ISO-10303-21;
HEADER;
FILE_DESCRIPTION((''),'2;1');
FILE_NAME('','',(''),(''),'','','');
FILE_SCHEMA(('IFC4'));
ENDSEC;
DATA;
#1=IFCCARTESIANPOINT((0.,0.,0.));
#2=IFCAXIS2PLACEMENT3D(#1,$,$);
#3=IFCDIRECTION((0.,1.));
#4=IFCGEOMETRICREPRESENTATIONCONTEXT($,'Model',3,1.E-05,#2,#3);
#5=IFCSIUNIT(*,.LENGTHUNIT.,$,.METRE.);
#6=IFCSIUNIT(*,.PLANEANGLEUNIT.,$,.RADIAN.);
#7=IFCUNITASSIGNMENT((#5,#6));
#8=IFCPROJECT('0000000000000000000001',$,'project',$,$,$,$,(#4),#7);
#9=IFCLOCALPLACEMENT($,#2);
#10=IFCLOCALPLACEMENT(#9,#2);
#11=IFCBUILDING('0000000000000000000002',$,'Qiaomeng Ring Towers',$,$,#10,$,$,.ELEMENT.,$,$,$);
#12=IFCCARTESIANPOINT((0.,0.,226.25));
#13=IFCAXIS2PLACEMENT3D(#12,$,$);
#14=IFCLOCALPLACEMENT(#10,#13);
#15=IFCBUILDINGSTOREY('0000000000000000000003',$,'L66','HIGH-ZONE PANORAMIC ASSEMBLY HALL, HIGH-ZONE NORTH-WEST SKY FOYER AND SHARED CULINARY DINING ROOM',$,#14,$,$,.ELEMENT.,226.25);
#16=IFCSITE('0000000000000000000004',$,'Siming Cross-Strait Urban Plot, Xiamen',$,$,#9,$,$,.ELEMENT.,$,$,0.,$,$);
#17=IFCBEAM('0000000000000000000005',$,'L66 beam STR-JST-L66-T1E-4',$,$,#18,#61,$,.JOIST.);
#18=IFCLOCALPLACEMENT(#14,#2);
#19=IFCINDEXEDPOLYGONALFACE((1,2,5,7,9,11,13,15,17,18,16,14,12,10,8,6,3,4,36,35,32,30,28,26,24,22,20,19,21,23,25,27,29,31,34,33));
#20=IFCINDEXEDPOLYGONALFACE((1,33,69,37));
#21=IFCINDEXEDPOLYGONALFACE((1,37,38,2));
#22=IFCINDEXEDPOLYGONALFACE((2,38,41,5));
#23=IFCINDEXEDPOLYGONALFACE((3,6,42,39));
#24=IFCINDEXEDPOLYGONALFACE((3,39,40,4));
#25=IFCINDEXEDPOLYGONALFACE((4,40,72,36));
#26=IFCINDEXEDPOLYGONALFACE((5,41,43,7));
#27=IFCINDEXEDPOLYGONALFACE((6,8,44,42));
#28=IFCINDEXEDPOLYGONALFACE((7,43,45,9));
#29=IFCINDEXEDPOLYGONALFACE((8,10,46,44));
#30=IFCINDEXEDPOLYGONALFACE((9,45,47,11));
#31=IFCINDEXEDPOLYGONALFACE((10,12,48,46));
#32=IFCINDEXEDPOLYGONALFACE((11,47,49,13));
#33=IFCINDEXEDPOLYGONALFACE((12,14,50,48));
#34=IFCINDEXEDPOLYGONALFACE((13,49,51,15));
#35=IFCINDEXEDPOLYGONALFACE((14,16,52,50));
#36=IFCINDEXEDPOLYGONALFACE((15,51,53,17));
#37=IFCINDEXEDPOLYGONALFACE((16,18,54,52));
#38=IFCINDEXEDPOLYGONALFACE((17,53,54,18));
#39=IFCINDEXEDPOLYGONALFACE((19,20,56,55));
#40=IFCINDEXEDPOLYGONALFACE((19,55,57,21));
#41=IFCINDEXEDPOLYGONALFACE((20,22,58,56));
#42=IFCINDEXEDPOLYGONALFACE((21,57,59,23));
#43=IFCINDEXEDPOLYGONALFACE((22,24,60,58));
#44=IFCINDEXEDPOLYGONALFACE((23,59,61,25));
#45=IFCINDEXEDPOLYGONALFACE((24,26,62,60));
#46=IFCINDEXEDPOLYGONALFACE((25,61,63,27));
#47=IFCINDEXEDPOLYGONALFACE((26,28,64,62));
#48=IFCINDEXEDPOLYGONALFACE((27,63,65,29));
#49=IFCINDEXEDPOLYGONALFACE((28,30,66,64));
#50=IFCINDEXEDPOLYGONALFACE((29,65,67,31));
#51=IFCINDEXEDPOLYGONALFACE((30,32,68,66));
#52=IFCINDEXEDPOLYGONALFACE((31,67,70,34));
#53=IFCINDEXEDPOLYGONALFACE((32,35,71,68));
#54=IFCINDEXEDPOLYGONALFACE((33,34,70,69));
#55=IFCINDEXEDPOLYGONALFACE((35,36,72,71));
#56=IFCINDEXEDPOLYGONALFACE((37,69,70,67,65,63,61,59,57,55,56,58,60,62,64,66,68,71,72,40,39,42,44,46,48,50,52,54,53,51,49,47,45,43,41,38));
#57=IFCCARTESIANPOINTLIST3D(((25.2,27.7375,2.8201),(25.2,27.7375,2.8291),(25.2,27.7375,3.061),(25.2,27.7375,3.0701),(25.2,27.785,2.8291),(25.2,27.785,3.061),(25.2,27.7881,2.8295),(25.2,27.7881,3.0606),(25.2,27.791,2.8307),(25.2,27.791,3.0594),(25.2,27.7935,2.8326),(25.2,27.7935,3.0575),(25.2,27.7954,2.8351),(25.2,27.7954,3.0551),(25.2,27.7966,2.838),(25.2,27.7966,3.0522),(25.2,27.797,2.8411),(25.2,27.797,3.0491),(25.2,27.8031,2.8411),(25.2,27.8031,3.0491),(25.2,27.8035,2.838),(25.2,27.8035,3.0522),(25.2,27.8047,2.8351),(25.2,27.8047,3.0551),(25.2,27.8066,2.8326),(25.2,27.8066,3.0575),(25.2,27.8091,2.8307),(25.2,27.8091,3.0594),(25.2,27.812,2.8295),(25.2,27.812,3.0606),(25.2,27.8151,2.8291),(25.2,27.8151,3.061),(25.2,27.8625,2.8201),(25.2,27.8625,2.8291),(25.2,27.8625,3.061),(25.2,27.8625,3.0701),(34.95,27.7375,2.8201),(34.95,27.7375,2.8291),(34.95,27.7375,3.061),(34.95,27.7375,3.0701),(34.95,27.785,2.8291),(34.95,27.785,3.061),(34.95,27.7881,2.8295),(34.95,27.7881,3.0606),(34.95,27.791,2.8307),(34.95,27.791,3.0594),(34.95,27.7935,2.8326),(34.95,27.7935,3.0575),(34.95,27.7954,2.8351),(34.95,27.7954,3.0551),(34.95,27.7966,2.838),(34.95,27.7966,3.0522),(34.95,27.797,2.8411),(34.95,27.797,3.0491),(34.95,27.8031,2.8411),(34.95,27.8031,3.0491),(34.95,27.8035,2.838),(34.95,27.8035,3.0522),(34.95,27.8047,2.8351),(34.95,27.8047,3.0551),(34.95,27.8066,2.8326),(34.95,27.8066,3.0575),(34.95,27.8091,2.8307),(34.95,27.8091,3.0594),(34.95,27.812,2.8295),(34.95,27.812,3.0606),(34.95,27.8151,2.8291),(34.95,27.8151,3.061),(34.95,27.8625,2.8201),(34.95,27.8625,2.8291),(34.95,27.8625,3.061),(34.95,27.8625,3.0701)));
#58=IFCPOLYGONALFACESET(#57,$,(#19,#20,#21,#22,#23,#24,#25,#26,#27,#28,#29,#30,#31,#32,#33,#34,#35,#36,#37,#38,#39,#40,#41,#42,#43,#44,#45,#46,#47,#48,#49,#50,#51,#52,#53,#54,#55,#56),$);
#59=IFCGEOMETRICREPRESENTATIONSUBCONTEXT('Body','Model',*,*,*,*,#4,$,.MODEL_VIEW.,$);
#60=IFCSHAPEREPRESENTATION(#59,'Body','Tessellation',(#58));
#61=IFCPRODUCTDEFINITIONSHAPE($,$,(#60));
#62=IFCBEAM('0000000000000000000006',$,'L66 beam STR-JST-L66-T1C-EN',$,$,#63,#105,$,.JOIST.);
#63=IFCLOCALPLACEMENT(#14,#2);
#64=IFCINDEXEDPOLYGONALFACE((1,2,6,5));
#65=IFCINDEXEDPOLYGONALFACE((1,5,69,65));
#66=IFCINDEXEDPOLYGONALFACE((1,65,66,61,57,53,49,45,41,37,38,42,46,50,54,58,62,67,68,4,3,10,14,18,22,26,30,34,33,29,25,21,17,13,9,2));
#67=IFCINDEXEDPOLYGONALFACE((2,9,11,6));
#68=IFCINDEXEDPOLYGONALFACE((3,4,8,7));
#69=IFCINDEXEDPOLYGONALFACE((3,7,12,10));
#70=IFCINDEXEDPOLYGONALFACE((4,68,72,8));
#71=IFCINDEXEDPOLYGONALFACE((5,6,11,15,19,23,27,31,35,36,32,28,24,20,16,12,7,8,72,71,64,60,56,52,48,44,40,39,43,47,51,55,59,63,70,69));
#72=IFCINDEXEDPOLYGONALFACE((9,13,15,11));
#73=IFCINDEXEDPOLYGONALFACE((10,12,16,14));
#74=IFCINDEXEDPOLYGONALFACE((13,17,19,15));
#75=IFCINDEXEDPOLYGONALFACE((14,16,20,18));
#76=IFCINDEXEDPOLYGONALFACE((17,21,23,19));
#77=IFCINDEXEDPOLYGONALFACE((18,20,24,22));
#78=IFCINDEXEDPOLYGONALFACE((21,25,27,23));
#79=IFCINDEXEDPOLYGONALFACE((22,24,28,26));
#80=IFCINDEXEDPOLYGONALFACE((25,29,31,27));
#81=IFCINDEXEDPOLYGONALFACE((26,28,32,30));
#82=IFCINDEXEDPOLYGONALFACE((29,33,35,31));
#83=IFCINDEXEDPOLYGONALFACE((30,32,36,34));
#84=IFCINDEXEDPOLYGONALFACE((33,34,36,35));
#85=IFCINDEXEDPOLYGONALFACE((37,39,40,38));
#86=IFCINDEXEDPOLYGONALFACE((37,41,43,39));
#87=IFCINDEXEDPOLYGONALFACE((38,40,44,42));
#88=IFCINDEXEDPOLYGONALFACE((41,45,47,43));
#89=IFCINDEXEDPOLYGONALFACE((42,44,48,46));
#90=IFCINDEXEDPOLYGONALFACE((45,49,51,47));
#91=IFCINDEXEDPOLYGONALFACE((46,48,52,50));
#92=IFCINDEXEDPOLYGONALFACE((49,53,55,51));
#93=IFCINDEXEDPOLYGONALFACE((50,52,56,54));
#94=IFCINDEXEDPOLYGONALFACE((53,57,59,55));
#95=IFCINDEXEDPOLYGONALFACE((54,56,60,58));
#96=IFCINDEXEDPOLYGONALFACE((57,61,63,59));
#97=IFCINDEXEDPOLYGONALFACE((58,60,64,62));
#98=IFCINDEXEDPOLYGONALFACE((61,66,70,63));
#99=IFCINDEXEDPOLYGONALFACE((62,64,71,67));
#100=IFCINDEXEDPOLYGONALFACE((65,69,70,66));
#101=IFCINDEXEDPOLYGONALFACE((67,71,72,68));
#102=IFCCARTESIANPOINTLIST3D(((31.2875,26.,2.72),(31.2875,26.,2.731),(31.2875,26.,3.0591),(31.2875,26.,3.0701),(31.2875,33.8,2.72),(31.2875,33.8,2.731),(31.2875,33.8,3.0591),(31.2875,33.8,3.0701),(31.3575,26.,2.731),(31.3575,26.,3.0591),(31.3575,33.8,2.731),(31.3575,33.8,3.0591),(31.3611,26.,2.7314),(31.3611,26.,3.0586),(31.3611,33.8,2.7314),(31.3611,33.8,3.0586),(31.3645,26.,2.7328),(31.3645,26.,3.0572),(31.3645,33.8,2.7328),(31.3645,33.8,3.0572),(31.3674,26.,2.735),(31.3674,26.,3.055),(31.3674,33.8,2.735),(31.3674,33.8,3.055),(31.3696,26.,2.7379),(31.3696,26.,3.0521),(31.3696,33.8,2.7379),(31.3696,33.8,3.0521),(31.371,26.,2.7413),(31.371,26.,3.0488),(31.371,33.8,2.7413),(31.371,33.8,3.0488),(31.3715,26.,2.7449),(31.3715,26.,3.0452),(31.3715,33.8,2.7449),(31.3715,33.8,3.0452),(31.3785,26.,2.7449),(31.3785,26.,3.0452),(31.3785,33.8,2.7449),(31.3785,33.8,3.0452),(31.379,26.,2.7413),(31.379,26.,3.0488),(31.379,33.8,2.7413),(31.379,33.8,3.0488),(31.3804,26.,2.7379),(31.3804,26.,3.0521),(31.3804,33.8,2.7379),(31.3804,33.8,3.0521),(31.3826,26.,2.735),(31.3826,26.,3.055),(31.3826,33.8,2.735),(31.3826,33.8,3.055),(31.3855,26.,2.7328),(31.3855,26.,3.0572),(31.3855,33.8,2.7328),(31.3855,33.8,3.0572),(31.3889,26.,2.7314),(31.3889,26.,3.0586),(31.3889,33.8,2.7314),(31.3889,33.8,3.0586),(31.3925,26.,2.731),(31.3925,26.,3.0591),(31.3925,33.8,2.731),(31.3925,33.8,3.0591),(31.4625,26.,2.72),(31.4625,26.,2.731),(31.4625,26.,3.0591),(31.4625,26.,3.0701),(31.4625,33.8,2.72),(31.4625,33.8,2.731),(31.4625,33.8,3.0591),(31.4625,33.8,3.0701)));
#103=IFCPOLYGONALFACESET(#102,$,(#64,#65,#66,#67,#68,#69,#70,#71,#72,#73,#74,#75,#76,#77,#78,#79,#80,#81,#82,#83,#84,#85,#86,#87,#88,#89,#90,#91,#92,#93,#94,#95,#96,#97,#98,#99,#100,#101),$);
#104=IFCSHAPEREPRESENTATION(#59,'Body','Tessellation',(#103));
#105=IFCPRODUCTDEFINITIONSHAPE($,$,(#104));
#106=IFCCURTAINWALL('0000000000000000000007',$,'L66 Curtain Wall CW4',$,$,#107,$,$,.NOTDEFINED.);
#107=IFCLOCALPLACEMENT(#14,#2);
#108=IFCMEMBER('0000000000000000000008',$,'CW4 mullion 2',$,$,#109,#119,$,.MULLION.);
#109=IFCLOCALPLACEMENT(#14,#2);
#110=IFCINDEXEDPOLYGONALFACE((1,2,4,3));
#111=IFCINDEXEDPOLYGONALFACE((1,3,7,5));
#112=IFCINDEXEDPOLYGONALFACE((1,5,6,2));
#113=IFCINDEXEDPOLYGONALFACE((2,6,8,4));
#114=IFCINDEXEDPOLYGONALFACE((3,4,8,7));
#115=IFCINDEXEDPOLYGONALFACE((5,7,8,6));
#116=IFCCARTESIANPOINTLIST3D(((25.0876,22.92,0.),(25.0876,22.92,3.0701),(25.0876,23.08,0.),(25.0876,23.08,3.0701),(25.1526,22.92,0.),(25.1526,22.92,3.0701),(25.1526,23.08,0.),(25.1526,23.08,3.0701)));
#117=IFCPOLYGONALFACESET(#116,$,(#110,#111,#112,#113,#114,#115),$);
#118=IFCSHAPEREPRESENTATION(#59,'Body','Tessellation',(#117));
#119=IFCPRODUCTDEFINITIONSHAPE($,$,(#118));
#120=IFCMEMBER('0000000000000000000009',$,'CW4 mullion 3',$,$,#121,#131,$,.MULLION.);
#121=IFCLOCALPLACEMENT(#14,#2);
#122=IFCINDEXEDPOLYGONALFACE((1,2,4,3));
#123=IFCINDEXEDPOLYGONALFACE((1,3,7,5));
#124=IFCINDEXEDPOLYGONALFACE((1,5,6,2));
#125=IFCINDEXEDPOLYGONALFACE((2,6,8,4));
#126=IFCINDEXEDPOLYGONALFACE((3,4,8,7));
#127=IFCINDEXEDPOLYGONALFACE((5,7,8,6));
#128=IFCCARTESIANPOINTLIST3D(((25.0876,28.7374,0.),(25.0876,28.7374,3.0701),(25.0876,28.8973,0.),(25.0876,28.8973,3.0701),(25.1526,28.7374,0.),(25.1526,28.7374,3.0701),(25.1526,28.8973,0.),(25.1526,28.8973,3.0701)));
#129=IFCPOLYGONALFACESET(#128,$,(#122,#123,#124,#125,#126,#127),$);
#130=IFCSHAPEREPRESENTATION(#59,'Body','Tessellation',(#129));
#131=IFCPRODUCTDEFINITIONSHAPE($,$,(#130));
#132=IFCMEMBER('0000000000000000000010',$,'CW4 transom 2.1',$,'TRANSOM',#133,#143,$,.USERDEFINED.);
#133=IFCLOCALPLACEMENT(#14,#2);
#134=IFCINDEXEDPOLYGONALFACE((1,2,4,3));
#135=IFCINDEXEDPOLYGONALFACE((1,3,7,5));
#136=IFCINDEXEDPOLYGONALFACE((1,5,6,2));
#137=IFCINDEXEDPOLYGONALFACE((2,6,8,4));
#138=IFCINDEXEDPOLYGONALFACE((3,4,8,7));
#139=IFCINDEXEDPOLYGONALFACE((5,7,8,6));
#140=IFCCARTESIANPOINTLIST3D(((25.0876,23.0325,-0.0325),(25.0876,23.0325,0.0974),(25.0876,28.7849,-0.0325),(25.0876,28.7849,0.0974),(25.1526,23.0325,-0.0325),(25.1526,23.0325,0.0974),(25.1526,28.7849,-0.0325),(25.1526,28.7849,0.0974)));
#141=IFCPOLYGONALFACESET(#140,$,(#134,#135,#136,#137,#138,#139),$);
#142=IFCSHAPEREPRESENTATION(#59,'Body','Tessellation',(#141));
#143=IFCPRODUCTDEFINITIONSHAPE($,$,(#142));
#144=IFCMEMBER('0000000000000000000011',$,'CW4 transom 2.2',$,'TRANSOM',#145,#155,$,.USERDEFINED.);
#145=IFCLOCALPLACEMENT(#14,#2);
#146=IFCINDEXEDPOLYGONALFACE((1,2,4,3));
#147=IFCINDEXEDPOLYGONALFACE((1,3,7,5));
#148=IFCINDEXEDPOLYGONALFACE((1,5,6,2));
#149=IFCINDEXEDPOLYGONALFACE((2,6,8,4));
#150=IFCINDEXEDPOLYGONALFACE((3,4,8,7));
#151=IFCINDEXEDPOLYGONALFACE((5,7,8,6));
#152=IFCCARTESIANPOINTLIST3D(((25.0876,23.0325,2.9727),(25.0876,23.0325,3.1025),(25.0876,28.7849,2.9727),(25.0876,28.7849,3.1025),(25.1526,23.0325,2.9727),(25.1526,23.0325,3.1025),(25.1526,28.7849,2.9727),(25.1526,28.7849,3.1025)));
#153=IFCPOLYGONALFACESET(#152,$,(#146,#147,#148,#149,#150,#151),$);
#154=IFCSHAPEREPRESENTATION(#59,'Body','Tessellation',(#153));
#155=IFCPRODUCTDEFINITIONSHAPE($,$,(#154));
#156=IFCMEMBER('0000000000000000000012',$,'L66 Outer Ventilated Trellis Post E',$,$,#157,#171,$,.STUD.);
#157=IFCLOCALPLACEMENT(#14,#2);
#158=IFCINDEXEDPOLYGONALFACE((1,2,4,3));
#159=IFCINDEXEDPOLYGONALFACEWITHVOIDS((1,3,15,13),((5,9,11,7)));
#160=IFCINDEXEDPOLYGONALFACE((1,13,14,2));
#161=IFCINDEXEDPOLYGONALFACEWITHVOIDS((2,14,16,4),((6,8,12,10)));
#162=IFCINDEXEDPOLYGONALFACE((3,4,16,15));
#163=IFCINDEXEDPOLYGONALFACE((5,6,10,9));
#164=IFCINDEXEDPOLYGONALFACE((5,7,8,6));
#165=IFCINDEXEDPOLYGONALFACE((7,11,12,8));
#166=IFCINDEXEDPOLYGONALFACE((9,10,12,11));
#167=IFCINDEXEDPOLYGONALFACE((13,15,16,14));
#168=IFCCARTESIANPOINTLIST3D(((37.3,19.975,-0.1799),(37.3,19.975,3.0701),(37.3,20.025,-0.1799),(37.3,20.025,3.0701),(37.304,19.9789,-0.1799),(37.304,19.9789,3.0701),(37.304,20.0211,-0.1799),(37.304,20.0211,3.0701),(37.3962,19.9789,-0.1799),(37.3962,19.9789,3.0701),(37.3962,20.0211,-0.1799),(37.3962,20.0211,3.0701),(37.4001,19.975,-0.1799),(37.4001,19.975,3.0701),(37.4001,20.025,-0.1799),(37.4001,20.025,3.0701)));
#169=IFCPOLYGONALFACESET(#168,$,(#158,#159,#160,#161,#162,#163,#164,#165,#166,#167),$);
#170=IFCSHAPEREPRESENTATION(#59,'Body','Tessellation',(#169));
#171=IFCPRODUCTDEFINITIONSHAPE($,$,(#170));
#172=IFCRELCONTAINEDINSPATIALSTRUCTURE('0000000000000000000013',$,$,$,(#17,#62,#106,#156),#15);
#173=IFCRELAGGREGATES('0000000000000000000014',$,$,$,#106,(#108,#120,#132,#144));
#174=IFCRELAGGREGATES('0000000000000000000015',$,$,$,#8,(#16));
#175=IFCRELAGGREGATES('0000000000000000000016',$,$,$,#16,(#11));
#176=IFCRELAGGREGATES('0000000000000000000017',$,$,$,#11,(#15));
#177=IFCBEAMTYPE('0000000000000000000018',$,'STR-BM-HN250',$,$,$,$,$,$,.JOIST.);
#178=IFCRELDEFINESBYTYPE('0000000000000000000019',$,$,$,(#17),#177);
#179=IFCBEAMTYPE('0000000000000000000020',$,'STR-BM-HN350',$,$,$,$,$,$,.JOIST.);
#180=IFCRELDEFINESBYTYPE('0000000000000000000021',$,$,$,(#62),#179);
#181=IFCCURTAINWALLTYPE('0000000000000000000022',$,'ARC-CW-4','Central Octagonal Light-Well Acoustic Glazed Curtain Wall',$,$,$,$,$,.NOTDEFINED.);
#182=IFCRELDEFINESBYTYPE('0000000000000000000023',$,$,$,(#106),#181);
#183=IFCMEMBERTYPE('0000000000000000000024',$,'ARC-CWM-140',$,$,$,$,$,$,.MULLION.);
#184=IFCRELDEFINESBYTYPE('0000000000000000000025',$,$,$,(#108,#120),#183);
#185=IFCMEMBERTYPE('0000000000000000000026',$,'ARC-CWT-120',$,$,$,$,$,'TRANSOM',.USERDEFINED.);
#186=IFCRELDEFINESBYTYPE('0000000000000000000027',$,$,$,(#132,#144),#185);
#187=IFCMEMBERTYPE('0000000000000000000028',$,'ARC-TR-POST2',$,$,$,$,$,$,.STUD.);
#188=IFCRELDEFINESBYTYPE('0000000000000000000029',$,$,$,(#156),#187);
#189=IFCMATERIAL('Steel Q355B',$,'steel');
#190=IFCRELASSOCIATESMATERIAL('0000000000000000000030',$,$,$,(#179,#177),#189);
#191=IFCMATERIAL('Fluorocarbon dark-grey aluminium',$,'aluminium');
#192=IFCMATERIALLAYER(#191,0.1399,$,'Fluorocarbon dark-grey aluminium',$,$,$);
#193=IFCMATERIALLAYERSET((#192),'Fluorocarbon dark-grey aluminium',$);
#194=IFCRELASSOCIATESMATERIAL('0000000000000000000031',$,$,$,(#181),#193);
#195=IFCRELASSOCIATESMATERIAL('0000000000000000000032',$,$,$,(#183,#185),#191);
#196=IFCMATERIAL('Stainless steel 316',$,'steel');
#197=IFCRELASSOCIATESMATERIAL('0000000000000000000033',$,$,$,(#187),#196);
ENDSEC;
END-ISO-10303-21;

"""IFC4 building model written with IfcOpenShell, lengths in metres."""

from ifc_helpers import new_model, si_unit, direction, frame, origin, origin_2d, place, context, subcontext, project, spatial, rectangle, hollow_rectangle, i_section, extrude, source, transform, mapped, material, layer, layer_set, material_profile, profile_set, type_object, element, aggregate, save


model = new_model("IFC4")

# Units and contexts
model_context = context("Model", 3, precision=1e-05, world=origin(), true_north=direction((0.0, 1.0)))
body_context = subcontext(model_context, "Body", "Model", "MODEL_VIEW")
ifc_project = project(units=[si_unit("LENGTHUNIT", "METRE"), si_unit("PLANEANGLEUNIT", "RADIAN")], contexts=[model_context])

# Site, building, storey
site_placement = place(None, origin())
site = spatial("IfcSite", under=ifc_project, at=site_placement, Name="Siming Cross-Strait Urban Plot, Xiamen", CompositionType="ELEMENT", RefElevation=0.0)
building_placement = place(site_placement, origin())
building = spatial("IfcBuilding", under=site, at=building_placement, Name="Qiaomeng Ring Towers", CompositionType="ELEMENT")
storey_placement = place(building_placement, frame((0.0, 0.0, 226.25)))
storey = spatial("IfcBuildingStorey", under=building, at=storey_placement, Name="L66", Description="HIGH-ZONE PANORAMIC ASSEMBLY HALL, HIGH-ZONE NORTH-WEST SKY FOYER AND SHARED CULINARY DINING ROOM", CompositionType="ELEMENT", Elevation=226.25)

# Beams
ifc_material_1 = material(Name="Steel Q355B", Category="steel")
ifc_material_profile_1 = material_profile(ifc_material_1, i_section(OverallWidth=0.175, OverallDepth=0.3501, WebThickness=0.0071, FlangeThickness=0.011, FilletRadius=0.0139, at=origin_2d()), Name="HN 350x175x7x11")
ifc_profile_set_1 = profile_set([ifc_material_profile_1], Name="Steel Q355B")
beam_type_1 = type_object("IfcBeamType", Name="STR-BM-HN350", PredefinedType="JOIST", material=ifc_profile_set_1)
ifc_material_profile_2 = material_profile(ifc_material_1, i_section(OverallWidth=0.125, OverallDepth=0.25, WebThickness=0.0061, FlangeThickness=0.009, FilletRadius=0.012, at=origin_2d()), Name="HN 250x125x6x9")
ifc_profile_set_2 = profile_set([ifc_material_profile_2], Name="Steel Q355B")
beam_type_2 = type_object("IfcBeamType", Name="STR-BM-HN250", PredefinedType="JOIST", material=ifc_profile_set_2)
shared_shape_1 = source(origin(), body_context, "Body", "SweptSolid", [
    extrude(i_section(OverallWidth=0.125, OverallDepth=0.25, WebThickness=0.0061, FlangeThickness=0.009, FilletRadius=0.012, at=origin_2d()), origin(), (0.0, 0.0, 1.0), 9.75),
])
for number, where, z_axis, x_axis, name in (
    (1, (25.2, 27.8, 2.9451), (1.0, 0.0, 0.0), (0.0, 1.0, 0.0), "L66 beam STR-JST-L66-T1E-4"),
):
    element("IfcBeam", number, at=place(storey_placement, frame(where, z_axis=z_axis, x_axis=x_axis)), inside=storey, type_object=beam_type_2, Name=name, PredefinedType="JOIST", context=body_context, shape_type="MappedRepresentation", body=[
        mapped(shared_shape_1, transform((0.0, 0.0, 0.0), x_axis=(1.0, 0.0, 0.0), y_axis=(0.0, 1.0, 0.0), z_axis=(0.0, 0.0, 1.0), scale=1.0)),
    ])
shared_shape_2 = source(origin(), body_context, "Body", "SweptSolid", [
    extrude(i_section(OverallWidth=0.175, OverallDepth=0.3501, WebThickness=0.0071, FlangeThickness=0.011, FilletRadius=0.0139, at=origin_2d()), origin(), (0.0, 0.0, 1.0), 7.8),
])
beam_1_placement = place(storey_placement, frame((31.375, 26.0, 2.895), z_axis=(0.0, 1.0, 0.0), x_axis=(-1.0, 0.0, 0.0)))
element("IfcBeam", 2, at=beam_1_placement, inside=storey, type_object=beam_type_1, Name="L66 beam STR-JST-L66-T1C-EN", PredefinedType="JOIST", context=body_context, shape_type="MappedRepresentation", body=[
    mapped(shared_shape_2, transform((0.0, 0.0, 0.0), x_axis=(1.0, 0.0, 0.0), y_axis=(0.0, 1.0, 0.0), z_axis=(0.0, 0.0, 1.0), scale=1.0)),
])

# Curtain wall, members
ifc_material_2 = material(Name="Fluorocarbon dark-grey aluminium", Category="aluminium")
ifc_layer_1 = layer(ifc_material_2, 0.1399, Name="Fluorocarbon dark-grey aluminium")
ifc_layer_set_1 = layer_set([ifc_layer_1], Name="Fluorocarbon dark-grey aluminium")
curtain_wall_type = type_object("IfcCurtainWallType", Name="ARC-CW-4", Description="Central Octagonal Light-Well Acoustic Glazed Curtain Wall", PredefinedType="NOTDEFINED", material=ifc_layer_set_1)
curtain_wall_placement = place(storey_placement, origin())
curtain_wall = element("IfcCurtainWall", 3, at=curtain_wall_placement, inside=storey, type_object=curtain_wall_type, Name="L66 Curtain Wall CW4", PredefinedType="NOTDEFINED")
ifc_material_profile_3 = material_profile(ifc_material_2, rectangle(XDim=0.0649, YDim=0.1599, at=origin_2d()), Name="ALU MULL 65x160")
ifc_profile_set_3 = profile_set([ifc_material_profile_3], Name="Fluorocarbon dark-grey aluminium")
member_type_1 = type_object("IfcMemberType", Name="ARC-CWM-140", PredefinedType="MULLION", material=ifc_profile_set_3)
shared_shape_3 = source(origin(), body_context, "Body", "SweptSolid", [
    extrude(rectangle(XDim=0.0649, YDim=0.1599, at=origin_2d()), origin(), (0.0, 0.0, 1.0), 3.0701),
])
member_1_placement = place(storey_placement, frame((25.1201, 23.0, 0.0), z_axis=(0.0, 0.0, 1.0), x_axis=(-1.0, 0.0, 0.0)))
member_1 = element("IfcMember", 4, at=member_1_placement, type_object=member_type_1, Name="CW4 mullion 2", PredefinedType="MULLION", context=body_context, shape_type="MappedRepresentation", body=[
    mapped(shared_shape_3, transform((0.0, 0.0, 0.0), x_axis=(1.0, 0.0, 0.0), y_axis=(0.0, 1.0, 0.0), z_axis=(0.0, 0.0, 1.0), scale=1.0)),
])
member_2_placement = place(storey_placement, frame((25.1201, 28.8174, 0.0), z_axis=(0.0, 0.0, 1.0), x_axis=(-1.0, 0.0, 0.0)))
member_2 = element("IfcMember", 5, at=member_2_placement, type_object=member_type_1, Name="CW4 mullion 3", PredefinedType="MULLION", context=body_context, shape_type="MappedRepresentation", body=[
    mapped(shared_shape_3, transform((0.0, 0.0, 0.0), x_axis=(1.0, 0.0, 0.0), y_axis=(0.0, 1.0, 0.0), z_axis=(0.0, 0.0, 1.0), scale=1.0)),
])
ifc_material_profile_4 = material_profile(ifc_material_2, rectangle(XDim=0.0649, YDim=0.1299, at=origin_2d()), Name="ALU TRAN 65x130")
ifc_profile_set_4 = profile_set([ifc_material_profile_4], Name="Fluorocarbon dark-grey aluminium")
member_type_2 = type_object("IfcMemberType", Name="ARC-CWT-120", ElementType="TRANSOM", PredefinedType="USERDEFINED", material=ifc_profile_set_4)
shared_shape_4 = source(origin(), body_context, "Body", "SweptSolid", [
    extrude(rectangle(XDim=0.0649, YDim=0.1299, at=origin_2d()), origin(), (0.0, 0.0, 1.0), 5.7524),
])
member_3_placement = place(storey_placement, frame((25.1201, 23.0325, 0.0325), z_axis=(0.0, 1.0, 0.0), x_axis=(-1.0, 0.0, 0.0)))
member_3 = element("IfcMember", 6, at=member_3_placement, type_object=member_type_2, Name="CW4 transom 2.1", ObjectType="TRANSOM", PredefinedType="USERDEFINED", context=body_context, shape_type="MappedRepresentation", body=[
    mapped(shared_shape_4, transform((0.0, 0.0, 0.0), x_axis=(1.0, 0.0, 0.0), y_axis=(0.0, 1.0, 0.0), z_axis=(0.0, 0.0, 1.0), scale=1.0)),
])
member_4_placement = place(storey_placement, frame((25.1201, 23.0325, 3.0376), z_axis=(0.0, 1.0, 0.0), x_axis=(-1.0, 0.0, 0.0)))
member_4 = element("IfcMember", 7, at=member_4_placement, type_object=member_type_2, Name="CW4 transom 2.2", ObjectType="TRANSOM", PredefinedType="USERDEFINED", context=body_context, shape_type="MappedRepresentation", body=[
    mapped(shared_shape_4, transform((0.0, 0.0, 0.0), x_axis=(1.0, 0.0, 0.0), y_axis=(0.0, 1.0, 0.0), z_axis=(0.0, 0.0, 1.0), scale=1.0)),
])

# Member
ifc_material_3 = material(Name="Stainless steel 316", Category="steel")
ifc_material_profile_5 = material_profile(ifc_material_3, hollow_rectangle(XDim=0.05, YDim=0.1001, WallThickness=0.0039, at=origin_2d()), Name="SS TRELLIS 100x50")
ifc_profile_set_5 = profile_set([ifc_material_profile_5], Name="Stainless steel 316")
member_type_3 = type_object("IfcMemberType", Name="ARC-TR-POST2", PredefinedType="STUD", material=ifc_profile_set_5)
shared_shape_5 = source(origin(), body_context, "Body", "SweptSolid", [
    extrude(hollow_rectangle(XDim=0.05, YDim=0.1001, WallThickness=0.0039, at=origin_2d()), origin(), (0.0, 0.0, 1.0), 3.25),
])
member_5_placement = place(storey_placement, frame((37.3501, 20.0, -0.1799), z_axis=(0.0, 0.0, 1.0), x_axis=(0.0, 1.0, 0.0)))
element("IfcMember", 8, at=member_5_placement, inside=storey, type_object=member_type_3, Name="L66 Outer Ventilated Trellis Post E", PredefinedType="STUD", context=body_context, shape_type="MappedRepresentation", body=[
    mapped(shared_shape_5, transform((0.0, 0.0, 0.0), x_axis=(1.0, 0.0, 0.0), y_axis=(0.0, 1.0, 0.0), z_axis=(0.0, 0.0, 1.0), scale=1.0)),
])

aggregate(curtain_wall, [member_1, member_2, member_3, member_4])

save(model, "model.ifc")
